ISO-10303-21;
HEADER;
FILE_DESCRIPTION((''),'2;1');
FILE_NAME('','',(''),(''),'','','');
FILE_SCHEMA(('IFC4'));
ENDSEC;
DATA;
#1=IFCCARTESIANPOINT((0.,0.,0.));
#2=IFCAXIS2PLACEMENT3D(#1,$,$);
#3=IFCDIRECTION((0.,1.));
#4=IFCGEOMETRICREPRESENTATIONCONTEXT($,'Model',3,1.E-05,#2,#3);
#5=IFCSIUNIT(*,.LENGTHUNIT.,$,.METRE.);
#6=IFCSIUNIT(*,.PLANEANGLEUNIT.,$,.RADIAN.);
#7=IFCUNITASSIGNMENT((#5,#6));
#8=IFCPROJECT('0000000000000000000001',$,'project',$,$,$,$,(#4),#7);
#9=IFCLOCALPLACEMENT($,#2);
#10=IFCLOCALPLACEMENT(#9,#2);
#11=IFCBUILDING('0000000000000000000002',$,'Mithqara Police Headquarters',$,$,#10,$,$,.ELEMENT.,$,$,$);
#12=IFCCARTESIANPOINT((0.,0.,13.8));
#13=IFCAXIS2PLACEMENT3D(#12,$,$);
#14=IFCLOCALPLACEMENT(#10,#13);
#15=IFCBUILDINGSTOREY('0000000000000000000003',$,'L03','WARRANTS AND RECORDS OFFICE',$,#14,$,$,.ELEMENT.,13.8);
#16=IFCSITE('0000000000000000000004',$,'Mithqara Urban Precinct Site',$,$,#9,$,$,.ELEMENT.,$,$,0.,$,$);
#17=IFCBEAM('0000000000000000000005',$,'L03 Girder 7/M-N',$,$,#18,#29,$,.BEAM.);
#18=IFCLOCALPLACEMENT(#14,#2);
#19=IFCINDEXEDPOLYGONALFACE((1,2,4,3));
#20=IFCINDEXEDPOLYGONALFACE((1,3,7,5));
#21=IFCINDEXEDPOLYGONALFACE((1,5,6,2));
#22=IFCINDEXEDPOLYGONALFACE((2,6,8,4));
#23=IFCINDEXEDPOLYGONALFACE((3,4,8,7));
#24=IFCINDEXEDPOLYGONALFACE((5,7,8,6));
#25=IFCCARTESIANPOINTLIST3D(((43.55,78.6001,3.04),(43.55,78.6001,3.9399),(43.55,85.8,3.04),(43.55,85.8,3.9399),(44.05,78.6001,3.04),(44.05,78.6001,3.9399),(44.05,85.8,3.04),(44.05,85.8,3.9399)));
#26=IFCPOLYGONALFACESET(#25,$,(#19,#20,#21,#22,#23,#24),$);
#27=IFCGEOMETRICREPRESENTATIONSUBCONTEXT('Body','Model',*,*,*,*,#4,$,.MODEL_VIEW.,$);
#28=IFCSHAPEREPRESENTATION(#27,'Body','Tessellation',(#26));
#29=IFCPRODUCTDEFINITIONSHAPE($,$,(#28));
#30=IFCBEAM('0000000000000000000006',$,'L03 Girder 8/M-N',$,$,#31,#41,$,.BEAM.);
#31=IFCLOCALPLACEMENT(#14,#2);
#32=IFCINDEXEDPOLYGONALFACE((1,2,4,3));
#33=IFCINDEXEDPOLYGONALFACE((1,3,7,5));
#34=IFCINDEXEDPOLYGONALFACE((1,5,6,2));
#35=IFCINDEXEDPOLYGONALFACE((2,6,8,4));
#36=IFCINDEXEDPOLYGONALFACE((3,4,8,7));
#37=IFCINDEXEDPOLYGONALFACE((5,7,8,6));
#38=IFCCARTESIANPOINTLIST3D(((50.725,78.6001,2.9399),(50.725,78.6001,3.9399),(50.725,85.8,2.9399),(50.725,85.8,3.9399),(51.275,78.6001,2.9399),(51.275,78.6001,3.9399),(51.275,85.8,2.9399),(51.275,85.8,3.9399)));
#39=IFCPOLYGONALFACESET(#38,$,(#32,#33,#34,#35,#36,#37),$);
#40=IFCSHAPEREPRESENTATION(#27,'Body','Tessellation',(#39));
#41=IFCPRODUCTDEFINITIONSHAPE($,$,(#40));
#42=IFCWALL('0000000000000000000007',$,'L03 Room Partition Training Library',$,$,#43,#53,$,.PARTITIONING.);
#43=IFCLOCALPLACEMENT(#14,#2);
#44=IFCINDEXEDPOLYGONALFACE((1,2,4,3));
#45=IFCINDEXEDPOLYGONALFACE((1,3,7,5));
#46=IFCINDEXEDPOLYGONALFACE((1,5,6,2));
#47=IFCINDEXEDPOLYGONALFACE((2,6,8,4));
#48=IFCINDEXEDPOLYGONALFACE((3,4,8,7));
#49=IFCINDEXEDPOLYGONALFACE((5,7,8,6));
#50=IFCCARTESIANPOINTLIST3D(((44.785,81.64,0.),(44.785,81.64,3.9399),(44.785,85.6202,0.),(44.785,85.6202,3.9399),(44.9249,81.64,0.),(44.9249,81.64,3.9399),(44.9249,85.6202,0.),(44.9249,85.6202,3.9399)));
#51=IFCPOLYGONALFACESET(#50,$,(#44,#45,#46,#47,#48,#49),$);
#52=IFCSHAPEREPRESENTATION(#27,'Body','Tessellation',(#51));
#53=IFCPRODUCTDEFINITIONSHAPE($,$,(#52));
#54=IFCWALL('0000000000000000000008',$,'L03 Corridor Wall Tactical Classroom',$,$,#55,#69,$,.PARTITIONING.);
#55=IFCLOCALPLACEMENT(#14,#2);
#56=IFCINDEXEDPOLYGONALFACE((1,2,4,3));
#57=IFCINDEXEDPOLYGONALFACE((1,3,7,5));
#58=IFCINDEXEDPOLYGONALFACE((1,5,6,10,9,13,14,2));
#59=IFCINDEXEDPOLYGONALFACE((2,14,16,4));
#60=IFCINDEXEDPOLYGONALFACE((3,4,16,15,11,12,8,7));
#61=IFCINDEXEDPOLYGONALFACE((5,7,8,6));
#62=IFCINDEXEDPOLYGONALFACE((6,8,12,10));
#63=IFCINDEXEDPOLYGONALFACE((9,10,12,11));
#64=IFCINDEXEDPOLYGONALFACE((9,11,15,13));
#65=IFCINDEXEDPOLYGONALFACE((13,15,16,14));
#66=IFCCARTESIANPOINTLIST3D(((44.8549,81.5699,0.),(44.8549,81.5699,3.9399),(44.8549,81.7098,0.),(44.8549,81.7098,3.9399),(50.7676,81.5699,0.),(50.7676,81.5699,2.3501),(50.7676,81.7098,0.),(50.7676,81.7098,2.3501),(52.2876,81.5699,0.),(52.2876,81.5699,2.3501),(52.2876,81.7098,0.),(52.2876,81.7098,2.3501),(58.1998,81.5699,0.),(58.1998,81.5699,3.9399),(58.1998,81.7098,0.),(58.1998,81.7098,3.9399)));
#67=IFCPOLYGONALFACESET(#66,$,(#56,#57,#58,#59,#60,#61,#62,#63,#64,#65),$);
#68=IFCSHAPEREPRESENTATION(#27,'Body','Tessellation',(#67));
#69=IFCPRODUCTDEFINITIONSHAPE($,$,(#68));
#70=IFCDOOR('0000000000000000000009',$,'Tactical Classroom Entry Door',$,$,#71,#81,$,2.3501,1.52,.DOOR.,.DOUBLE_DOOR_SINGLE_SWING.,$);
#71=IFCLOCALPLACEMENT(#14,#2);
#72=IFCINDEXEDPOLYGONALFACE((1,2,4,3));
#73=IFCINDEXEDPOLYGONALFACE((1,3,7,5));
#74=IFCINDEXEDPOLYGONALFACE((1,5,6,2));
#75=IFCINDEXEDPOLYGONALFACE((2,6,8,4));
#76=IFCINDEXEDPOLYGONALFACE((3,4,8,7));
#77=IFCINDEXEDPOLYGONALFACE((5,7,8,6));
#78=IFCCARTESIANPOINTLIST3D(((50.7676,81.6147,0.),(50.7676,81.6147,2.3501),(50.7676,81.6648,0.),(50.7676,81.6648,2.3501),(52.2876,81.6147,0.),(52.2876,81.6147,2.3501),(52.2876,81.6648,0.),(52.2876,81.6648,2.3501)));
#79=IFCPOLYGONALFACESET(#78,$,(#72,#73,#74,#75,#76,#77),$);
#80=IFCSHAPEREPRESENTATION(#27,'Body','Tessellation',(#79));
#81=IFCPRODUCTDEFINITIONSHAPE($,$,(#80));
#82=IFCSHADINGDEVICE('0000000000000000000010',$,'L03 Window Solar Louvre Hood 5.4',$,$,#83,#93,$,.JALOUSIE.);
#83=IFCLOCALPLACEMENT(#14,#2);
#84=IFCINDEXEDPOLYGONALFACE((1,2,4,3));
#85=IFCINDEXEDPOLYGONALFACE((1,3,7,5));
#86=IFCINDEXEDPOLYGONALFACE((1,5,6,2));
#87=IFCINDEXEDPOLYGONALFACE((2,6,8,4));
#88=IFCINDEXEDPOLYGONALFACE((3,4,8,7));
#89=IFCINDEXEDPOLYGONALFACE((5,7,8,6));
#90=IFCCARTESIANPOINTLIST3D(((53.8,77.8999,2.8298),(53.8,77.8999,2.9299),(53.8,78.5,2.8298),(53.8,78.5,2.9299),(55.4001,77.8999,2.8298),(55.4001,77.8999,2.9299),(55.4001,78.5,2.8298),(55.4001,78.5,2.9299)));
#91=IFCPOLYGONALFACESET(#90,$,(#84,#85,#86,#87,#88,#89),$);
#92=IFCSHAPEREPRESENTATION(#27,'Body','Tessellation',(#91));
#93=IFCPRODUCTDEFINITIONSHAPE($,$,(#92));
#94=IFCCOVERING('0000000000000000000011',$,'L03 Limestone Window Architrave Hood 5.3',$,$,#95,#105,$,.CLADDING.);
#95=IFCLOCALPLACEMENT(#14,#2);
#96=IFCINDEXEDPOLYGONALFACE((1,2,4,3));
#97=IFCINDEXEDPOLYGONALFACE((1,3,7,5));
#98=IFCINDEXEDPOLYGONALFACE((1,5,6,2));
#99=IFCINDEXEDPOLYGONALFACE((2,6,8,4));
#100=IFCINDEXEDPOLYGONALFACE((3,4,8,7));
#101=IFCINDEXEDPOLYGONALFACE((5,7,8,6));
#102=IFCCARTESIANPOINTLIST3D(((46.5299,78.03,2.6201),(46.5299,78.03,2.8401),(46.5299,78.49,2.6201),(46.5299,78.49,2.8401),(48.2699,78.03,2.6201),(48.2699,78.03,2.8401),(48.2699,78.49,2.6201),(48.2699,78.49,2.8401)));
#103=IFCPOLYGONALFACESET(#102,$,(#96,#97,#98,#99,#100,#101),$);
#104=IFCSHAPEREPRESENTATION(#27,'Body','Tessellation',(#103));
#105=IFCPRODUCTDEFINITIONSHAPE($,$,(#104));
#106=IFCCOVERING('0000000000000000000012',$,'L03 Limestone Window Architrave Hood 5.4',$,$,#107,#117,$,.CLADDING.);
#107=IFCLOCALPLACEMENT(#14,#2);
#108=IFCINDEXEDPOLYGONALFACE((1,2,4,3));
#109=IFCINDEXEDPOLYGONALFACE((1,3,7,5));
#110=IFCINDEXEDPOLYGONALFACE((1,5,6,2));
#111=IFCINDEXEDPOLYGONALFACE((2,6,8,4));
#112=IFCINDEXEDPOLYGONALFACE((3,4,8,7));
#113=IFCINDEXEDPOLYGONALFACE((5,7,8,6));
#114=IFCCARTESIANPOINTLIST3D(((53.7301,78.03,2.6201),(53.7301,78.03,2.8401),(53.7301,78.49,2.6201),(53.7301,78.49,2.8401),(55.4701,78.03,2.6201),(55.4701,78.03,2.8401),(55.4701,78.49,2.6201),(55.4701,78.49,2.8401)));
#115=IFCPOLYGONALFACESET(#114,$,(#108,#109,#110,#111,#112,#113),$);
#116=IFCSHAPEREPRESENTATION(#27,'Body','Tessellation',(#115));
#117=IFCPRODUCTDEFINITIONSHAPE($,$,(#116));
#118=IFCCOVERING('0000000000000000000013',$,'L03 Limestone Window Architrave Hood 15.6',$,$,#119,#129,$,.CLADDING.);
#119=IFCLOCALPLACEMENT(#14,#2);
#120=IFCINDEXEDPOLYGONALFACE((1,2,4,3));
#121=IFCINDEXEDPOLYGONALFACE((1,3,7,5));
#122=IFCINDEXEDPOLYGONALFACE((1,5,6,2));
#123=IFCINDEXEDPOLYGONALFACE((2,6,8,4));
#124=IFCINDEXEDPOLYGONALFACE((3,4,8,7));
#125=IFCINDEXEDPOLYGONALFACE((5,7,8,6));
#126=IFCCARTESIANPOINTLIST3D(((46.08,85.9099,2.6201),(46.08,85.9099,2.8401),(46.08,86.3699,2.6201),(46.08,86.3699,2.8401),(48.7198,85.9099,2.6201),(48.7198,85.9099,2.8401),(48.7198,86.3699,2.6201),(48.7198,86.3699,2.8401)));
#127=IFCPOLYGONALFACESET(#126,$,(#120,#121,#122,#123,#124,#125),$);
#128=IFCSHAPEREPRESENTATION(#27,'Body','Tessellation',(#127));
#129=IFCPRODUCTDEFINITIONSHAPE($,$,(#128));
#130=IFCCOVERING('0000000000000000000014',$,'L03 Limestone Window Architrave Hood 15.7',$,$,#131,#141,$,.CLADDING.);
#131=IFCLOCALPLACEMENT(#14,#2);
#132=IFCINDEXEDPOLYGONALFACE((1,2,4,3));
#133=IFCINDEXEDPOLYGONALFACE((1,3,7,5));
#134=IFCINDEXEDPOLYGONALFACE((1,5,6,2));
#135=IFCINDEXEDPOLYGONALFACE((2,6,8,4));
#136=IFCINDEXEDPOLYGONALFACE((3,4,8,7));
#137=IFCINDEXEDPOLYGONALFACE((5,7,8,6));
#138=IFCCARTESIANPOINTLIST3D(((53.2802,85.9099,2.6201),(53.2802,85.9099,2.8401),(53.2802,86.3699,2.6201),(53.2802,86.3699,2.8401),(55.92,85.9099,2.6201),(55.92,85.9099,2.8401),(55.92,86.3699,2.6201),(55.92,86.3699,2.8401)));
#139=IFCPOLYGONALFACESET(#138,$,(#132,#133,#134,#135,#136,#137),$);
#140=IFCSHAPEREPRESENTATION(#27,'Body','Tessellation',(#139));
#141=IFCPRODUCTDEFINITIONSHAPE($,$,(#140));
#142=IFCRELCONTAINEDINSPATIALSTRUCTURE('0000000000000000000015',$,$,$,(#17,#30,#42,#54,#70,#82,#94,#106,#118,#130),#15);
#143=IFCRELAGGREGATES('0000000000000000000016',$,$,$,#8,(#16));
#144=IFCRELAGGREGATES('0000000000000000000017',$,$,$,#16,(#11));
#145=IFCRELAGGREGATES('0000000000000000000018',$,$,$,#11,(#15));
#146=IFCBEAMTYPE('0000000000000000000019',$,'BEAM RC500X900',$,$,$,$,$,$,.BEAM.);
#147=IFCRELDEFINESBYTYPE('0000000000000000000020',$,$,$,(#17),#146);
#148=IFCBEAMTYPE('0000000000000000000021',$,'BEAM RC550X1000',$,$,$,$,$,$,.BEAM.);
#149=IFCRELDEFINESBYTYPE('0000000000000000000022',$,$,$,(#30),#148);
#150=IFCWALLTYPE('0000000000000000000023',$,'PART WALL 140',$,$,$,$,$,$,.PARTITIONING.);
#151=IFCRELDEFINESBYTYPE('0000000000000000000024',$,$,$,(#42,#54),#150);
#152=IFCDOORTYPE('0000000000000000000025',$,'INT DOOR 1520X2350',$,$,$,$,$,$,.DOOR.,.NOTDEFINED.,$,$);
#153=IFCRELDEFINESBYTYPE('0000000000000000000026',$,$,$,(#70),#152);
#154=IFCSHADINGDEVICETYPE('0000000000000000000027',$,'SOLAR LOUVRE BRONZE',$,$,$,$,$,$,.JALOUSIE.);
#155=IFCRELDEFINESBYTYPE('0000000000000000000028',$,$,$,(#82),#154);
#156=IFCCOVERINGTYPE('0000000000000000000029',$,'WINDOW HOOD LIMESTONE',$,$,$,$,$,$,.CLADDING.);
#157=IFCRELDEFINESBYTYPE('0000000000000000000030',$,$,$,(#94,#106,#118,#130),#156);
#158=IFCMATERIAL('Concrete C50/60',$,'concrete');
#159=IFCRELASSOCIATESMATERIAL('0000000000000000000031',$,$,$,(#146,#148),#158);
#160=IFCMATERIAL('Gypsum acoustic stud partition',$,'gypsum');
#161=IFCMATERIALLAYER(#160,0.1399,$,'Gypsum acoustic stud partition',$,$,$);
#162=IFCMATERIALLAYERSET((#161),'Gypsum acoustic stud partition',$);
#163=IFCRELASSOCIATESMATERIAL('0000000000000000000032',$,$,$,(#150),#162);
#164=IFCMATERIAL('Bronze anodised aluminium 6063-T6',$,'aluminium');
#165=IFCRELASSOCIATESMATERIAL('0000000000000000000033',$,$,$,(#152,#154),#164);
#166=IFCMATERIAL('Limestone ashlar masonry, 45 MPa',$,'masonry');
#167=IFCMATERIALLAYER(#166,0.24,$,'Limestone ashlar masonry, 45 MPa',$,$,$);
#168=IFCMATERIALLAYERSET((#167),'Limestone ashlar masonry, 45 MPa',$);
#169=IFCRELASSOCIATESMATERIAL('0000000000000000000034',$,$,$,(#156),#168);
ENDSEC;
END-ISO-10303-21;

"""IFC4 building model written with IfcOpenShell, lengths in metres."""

from ifc_helpers import new_model, si_unit, direction, frame, frame_2d, origin, origin_2d, place, context, subcontext, project, spatial, rectangle, extrude, material, layer, layer_set, material_profile, profile_set, type_object, element, fill, save


model = new_model("IFC4")

# Units and contexts
model_context = context("Model", 3, precision=1e-05, world=origin(), true_north=direction((0.0, 1.0)))
body_context = subcontext(model_context, "Body", "Model", "MODEL_VIEW")
ifc_project = project(units=[si_unit("LENGTHUNIT", "METRE"), si_unit("PLANEANGLEUNIT", "RADIAN")], contexts=[model_context])

# Site, building, storey
site_placement = place(None, origin())
site = spatial("IfcSite", under=ifc_project, at=site_placement, Name="Mithqara Urban Precinct Site", CompositionType="ELEMENT", RefElevation=0.0)
building_placement = place(site_placement, origin())
building = spatial("IfcBuilding", under=site, at=building_placement, Name="Mithqara Police Headquarters", CompositionType="ELEMENT")
storey_placement = place(building_placement, frame((0.0, 0.0, 13.8)))
storey = spatial("IfcBuildingStorey", under=building, at=storey_placement, Name="L03", Description="WARRANTS AND RECORDS OFFICE", CompositionType="ELEMENT", Elevation=13.8)

# Shared definitions
ifc_material_1 = material(Name="Concrete C50/60", Category="concrete")

# Beams
ifc_material_profile_1 = material_profile(ifc_material_1, rectangle(XDim=0.5, YDim=0.8999, at=origin_2d()), Name="RC 500x900")
ifc_profile_set_1 = profile_set([ifc_material_profile_1], Name="Concrete C50/60")
beam_type_1 = type_object("IfcBeamType", Name="BEAM RC500X900", PredefinedType="BEAM", material=ifc_profile_set_1)
beam_1_placement = place(storey_placement, frame((43.8, 78.6001, 3.49), z_axis=(0.0, 1.0, 0.0), x_axis=(-1.0, 0.0, 0.0)))
element("IfcBeam", 1, at=beam_1_placement, inside=storey, type_object=beam_type_1, Name="L03 Girder 7/M-N", PredefinedType="BEAM", context=body_context, shape_type="SweptSolid", body=[
    extrude(rectangle(XDim=0.5, YDim=0.8999, at=origin_2d()), origin(), (0.0, 0.0, 1.0), 7.2),
])
ifc_material_profile_2 = material_profile(ifc_material_1, rectangle(XDim=0.55, YDim=1.0, at=origin_2d()), Name="RC 550x1000")
ifc_profile_set_2 = profile_set([ifc_material_profile_2], Name="Concrete C50/60")
beam_type_2 = type_object("IfcBeamType", Name="BEAM RC550X1000", PredefinedType="BEAM", material=ifc_profile_set_2)
beam_2_placement = place(storey_placement, frame((51.0, 78.6001, 3.4399), z_axis=(0.0, 1.0, 0.0), x_axis=(-1.0, 0.0, 0.0)))
element("IfcBeam", 2, at=beam_2_placement, inside=storey, type_object=beam_type_2, Name="L03 Girder 8/M-N", PredefinedType="BEAM", context=body_context, shape_type="SweptSolid", body=[
    extrude(rectangle(XDim=0.55, YDim=1.0, at=origin_2d()), origin(), (0.0, 0.0, 1.0), 7.2),
])

# Wall
ifc_material_2 = material(Name="Gypsum acoustic stud partition", Category="gypsum")
ifc_layer_1 = layer(ifc_material_2, 0.1399, Name="Gypsum acoustic stud partition")
ifc_layer_set_1 = layer_set([ifc_layer_1], Name="Gypsum acoustic stud partition")
wall_type = type_object("IfcWallType", Name="PART WALL 140", PredefinedType="PARTITIONING", material=ifc_layer_set_1)
wall_1_placement = place(storey_placement, frame((44.855, 81.6399, 0.0), z_axis=(0.0, 0.0, 1.0), x_axis=(0.0, 1.0, 0.0)))
element("IfcWall", 3, at=wall_1_placement, inside=storey, type_object=wall_type, Name="L03 Room Partition Training Library", PredefinedType="PARTITIONING", context=body_context, shape_type="SweptSolid", body=[
    extrude(rectangle(XDim=3.9802, YDim=0.1399, at=frame_2d((1.9902, 0.0))), origin(), (0.0, 0.0, 1.0), 3.9399),
])

# Wall, opening, door
wall_2_placement = place(storey_placement, frame((44.855, 81.6399, 0.0), z_axis=(0.0, 0.0, 1.0), x_axis=(1.0, 0.0, 0.0)))
wall_2 = element("IfcWall", 4, at=wall_2_placement, inside=storey, type_object=wall_type, Name="L03 Corridor Wall Tactical Classroom", PredefinedType="PARTITIONING", context=body_context, shape_type="SweptSolid", body=[
    extrude(rectangle(XDim=13.345, YDim=0.1399, at=frame_2d((6.6724, 0.0))), origin(), (0.0, 0.0, 1.0), 3.9399),
])
opening_placement = place(wall_2_placement, frame((5.9126, 0.0, 0.0)))
opening = element("IfcOpeningElement", 5, at=opening_placement, cuts=wall_2, PredefinedType="OPENING", context=body_context, shape_type="SweptSolid", body=[
    extrude(rectangle(XDim=1.52, YDim=2.3501, at=frame_2d((0.76, 1.175))), frame((0.0, 0.0801, 0.0), z_axis=(0.0, -1.0, 0.0), x_axis=(1.0, 0.0, 0.0)), (0.0, 0.0, 1.0), 0.1599),
])
ifc_material_3 = material(Name="Bronze anodised aluminium 6063-T6", Category="aluminium")
door_type = type_object("IfcDoorType", Name="INT DOOR 1520X2350", OperationType="NOTDEFINED", PredefinedType="DOOR", material=ifc_material_3)
door_placement = place(opening_placement, origin())
door = element("IfcDoor", 6, at=door_placement, inside=storey, type_object=door_type, Name="Tactical Classroom Entry Door", OperationType="DOUBLE_DOOR_SINGLE_SWING", OverallHeight=2.3501, OverallWidth=1.52, PredefinedType="DOOR", context=body_context, shape_type="SweptSolid", body=[
    extrude(rectangle(XDim=1.52, YDim=2.3501, at=frame_2d((0.76, 1.175))), frame((0.0, 0.0249, 0.0), z_axis=(0.0, -1.0, 0.0), x_axis=(1.0, 0.0, 0.0)), (0.0, 0.0, 1.0), 0.05),
])
fill(opening, door)

# Shading device
shading_device_type = type_object("IfcShadingDeviceType", Name="SOLAR LOUVRE BRONZE", PredefinedType="JALOUSIE", material=ifc_material_3)
shading_device_placement = place(storey_placement, frame((54.6001, 78.2, 2.8298), z_axis=(0.0, 0.0, 1.0), x_axis=(1.0, 0.0, 0.0)))
element("IfcShadingDevice", 7, at=shading_device_placement, inside=storey, type_object=shading_device_type, Name="L03 Window Solar Louvre Hood 5.4", PredefinedType="JALOUSIE", context=body_context, shape_type="SweptSolid", body=[
    extrude(rectangle(XDim=1.6001, YDim=0.6001, at=origin_2d()), origin(), (0.0, 0.0, 1.0), 0.1001),
])

# Coverings
ifc_material_4 = material(Name="Limestone ashlar masonry, 45 MPa", Category="masonry")
ifc_layer_2 = layer(ifc_material_4, 0.24, Name="Limestone ashlar masonry, 45 MPa")
ifc_layer_set_2 = layer_set([ifc_layer_2], Name="Limestone ashlar masonry, 45 MPa")
covering_type = type_object("IfcCoveringType", Name="WINDOW HOOD LIMESTONE", PredefinedType="CLADDING", material=ifc_layer_set_2)
for number, where, z_axis, x_axis, name in (
    (8, (47.3999, 78.26, 2.6201), (0.0, 0.0, 1.0), (1.0, 0.0, 0.0), "L03 Limestone Window Architrave Hood 5.3"),
    (9, (54.6001, 78.26, 2.6201), (0.0, 0.0, 1.0), (1.0, 0.0, 0.0), "L03 Limestone Window Architrave Hood 5.4"),
):
    element("IfcCovering", number, at=place(storey_placement, frame(where, z_axis=z_axis, x_axis=x_axis)), inside=storey, type_object=covering_type, Name=name, PredefinedType="CLADDING", context=body_context, shape_type="SweptSolid", body=[
        extrude(rectangle(XDim=1.74, YDim=0.46, at=origin_2d()), origin(), (0.0, 0.0, 1.0), 0.22),
    ])
for number, where, z_axis, x_axis, name in (
    (10, (47.3999, 86.1399, 2.6201), (0.0, 0.0, 1.0), (1.0, 0.0, 0.0), "L03 Limestone Window Architrave Hood 15.6"),
    (11, (54.6001, 86.1399, 2.6201), (0.0, 0.0, 1.0), (1.0, 0.0, 0.0), "L03 Limestone Window Architrave Hood 15.7"),
):
    element("IfcCovering", number, at=place(storey_placement, frame(where, z_axis=z_axis, x_axis=x_axis)), inside=storey, type_object=covering_type, Name=name, PredefinedType="CLADDING", context=body_context, shape_type="SweptSolid", body=[
        extrude(rectangle(XDim=2.6399, YDim=0.46, at=origin_2d()), origin(), (0.0, 0.0, 1.0), 0.22),
    ])

save(model, "model.ifc")
